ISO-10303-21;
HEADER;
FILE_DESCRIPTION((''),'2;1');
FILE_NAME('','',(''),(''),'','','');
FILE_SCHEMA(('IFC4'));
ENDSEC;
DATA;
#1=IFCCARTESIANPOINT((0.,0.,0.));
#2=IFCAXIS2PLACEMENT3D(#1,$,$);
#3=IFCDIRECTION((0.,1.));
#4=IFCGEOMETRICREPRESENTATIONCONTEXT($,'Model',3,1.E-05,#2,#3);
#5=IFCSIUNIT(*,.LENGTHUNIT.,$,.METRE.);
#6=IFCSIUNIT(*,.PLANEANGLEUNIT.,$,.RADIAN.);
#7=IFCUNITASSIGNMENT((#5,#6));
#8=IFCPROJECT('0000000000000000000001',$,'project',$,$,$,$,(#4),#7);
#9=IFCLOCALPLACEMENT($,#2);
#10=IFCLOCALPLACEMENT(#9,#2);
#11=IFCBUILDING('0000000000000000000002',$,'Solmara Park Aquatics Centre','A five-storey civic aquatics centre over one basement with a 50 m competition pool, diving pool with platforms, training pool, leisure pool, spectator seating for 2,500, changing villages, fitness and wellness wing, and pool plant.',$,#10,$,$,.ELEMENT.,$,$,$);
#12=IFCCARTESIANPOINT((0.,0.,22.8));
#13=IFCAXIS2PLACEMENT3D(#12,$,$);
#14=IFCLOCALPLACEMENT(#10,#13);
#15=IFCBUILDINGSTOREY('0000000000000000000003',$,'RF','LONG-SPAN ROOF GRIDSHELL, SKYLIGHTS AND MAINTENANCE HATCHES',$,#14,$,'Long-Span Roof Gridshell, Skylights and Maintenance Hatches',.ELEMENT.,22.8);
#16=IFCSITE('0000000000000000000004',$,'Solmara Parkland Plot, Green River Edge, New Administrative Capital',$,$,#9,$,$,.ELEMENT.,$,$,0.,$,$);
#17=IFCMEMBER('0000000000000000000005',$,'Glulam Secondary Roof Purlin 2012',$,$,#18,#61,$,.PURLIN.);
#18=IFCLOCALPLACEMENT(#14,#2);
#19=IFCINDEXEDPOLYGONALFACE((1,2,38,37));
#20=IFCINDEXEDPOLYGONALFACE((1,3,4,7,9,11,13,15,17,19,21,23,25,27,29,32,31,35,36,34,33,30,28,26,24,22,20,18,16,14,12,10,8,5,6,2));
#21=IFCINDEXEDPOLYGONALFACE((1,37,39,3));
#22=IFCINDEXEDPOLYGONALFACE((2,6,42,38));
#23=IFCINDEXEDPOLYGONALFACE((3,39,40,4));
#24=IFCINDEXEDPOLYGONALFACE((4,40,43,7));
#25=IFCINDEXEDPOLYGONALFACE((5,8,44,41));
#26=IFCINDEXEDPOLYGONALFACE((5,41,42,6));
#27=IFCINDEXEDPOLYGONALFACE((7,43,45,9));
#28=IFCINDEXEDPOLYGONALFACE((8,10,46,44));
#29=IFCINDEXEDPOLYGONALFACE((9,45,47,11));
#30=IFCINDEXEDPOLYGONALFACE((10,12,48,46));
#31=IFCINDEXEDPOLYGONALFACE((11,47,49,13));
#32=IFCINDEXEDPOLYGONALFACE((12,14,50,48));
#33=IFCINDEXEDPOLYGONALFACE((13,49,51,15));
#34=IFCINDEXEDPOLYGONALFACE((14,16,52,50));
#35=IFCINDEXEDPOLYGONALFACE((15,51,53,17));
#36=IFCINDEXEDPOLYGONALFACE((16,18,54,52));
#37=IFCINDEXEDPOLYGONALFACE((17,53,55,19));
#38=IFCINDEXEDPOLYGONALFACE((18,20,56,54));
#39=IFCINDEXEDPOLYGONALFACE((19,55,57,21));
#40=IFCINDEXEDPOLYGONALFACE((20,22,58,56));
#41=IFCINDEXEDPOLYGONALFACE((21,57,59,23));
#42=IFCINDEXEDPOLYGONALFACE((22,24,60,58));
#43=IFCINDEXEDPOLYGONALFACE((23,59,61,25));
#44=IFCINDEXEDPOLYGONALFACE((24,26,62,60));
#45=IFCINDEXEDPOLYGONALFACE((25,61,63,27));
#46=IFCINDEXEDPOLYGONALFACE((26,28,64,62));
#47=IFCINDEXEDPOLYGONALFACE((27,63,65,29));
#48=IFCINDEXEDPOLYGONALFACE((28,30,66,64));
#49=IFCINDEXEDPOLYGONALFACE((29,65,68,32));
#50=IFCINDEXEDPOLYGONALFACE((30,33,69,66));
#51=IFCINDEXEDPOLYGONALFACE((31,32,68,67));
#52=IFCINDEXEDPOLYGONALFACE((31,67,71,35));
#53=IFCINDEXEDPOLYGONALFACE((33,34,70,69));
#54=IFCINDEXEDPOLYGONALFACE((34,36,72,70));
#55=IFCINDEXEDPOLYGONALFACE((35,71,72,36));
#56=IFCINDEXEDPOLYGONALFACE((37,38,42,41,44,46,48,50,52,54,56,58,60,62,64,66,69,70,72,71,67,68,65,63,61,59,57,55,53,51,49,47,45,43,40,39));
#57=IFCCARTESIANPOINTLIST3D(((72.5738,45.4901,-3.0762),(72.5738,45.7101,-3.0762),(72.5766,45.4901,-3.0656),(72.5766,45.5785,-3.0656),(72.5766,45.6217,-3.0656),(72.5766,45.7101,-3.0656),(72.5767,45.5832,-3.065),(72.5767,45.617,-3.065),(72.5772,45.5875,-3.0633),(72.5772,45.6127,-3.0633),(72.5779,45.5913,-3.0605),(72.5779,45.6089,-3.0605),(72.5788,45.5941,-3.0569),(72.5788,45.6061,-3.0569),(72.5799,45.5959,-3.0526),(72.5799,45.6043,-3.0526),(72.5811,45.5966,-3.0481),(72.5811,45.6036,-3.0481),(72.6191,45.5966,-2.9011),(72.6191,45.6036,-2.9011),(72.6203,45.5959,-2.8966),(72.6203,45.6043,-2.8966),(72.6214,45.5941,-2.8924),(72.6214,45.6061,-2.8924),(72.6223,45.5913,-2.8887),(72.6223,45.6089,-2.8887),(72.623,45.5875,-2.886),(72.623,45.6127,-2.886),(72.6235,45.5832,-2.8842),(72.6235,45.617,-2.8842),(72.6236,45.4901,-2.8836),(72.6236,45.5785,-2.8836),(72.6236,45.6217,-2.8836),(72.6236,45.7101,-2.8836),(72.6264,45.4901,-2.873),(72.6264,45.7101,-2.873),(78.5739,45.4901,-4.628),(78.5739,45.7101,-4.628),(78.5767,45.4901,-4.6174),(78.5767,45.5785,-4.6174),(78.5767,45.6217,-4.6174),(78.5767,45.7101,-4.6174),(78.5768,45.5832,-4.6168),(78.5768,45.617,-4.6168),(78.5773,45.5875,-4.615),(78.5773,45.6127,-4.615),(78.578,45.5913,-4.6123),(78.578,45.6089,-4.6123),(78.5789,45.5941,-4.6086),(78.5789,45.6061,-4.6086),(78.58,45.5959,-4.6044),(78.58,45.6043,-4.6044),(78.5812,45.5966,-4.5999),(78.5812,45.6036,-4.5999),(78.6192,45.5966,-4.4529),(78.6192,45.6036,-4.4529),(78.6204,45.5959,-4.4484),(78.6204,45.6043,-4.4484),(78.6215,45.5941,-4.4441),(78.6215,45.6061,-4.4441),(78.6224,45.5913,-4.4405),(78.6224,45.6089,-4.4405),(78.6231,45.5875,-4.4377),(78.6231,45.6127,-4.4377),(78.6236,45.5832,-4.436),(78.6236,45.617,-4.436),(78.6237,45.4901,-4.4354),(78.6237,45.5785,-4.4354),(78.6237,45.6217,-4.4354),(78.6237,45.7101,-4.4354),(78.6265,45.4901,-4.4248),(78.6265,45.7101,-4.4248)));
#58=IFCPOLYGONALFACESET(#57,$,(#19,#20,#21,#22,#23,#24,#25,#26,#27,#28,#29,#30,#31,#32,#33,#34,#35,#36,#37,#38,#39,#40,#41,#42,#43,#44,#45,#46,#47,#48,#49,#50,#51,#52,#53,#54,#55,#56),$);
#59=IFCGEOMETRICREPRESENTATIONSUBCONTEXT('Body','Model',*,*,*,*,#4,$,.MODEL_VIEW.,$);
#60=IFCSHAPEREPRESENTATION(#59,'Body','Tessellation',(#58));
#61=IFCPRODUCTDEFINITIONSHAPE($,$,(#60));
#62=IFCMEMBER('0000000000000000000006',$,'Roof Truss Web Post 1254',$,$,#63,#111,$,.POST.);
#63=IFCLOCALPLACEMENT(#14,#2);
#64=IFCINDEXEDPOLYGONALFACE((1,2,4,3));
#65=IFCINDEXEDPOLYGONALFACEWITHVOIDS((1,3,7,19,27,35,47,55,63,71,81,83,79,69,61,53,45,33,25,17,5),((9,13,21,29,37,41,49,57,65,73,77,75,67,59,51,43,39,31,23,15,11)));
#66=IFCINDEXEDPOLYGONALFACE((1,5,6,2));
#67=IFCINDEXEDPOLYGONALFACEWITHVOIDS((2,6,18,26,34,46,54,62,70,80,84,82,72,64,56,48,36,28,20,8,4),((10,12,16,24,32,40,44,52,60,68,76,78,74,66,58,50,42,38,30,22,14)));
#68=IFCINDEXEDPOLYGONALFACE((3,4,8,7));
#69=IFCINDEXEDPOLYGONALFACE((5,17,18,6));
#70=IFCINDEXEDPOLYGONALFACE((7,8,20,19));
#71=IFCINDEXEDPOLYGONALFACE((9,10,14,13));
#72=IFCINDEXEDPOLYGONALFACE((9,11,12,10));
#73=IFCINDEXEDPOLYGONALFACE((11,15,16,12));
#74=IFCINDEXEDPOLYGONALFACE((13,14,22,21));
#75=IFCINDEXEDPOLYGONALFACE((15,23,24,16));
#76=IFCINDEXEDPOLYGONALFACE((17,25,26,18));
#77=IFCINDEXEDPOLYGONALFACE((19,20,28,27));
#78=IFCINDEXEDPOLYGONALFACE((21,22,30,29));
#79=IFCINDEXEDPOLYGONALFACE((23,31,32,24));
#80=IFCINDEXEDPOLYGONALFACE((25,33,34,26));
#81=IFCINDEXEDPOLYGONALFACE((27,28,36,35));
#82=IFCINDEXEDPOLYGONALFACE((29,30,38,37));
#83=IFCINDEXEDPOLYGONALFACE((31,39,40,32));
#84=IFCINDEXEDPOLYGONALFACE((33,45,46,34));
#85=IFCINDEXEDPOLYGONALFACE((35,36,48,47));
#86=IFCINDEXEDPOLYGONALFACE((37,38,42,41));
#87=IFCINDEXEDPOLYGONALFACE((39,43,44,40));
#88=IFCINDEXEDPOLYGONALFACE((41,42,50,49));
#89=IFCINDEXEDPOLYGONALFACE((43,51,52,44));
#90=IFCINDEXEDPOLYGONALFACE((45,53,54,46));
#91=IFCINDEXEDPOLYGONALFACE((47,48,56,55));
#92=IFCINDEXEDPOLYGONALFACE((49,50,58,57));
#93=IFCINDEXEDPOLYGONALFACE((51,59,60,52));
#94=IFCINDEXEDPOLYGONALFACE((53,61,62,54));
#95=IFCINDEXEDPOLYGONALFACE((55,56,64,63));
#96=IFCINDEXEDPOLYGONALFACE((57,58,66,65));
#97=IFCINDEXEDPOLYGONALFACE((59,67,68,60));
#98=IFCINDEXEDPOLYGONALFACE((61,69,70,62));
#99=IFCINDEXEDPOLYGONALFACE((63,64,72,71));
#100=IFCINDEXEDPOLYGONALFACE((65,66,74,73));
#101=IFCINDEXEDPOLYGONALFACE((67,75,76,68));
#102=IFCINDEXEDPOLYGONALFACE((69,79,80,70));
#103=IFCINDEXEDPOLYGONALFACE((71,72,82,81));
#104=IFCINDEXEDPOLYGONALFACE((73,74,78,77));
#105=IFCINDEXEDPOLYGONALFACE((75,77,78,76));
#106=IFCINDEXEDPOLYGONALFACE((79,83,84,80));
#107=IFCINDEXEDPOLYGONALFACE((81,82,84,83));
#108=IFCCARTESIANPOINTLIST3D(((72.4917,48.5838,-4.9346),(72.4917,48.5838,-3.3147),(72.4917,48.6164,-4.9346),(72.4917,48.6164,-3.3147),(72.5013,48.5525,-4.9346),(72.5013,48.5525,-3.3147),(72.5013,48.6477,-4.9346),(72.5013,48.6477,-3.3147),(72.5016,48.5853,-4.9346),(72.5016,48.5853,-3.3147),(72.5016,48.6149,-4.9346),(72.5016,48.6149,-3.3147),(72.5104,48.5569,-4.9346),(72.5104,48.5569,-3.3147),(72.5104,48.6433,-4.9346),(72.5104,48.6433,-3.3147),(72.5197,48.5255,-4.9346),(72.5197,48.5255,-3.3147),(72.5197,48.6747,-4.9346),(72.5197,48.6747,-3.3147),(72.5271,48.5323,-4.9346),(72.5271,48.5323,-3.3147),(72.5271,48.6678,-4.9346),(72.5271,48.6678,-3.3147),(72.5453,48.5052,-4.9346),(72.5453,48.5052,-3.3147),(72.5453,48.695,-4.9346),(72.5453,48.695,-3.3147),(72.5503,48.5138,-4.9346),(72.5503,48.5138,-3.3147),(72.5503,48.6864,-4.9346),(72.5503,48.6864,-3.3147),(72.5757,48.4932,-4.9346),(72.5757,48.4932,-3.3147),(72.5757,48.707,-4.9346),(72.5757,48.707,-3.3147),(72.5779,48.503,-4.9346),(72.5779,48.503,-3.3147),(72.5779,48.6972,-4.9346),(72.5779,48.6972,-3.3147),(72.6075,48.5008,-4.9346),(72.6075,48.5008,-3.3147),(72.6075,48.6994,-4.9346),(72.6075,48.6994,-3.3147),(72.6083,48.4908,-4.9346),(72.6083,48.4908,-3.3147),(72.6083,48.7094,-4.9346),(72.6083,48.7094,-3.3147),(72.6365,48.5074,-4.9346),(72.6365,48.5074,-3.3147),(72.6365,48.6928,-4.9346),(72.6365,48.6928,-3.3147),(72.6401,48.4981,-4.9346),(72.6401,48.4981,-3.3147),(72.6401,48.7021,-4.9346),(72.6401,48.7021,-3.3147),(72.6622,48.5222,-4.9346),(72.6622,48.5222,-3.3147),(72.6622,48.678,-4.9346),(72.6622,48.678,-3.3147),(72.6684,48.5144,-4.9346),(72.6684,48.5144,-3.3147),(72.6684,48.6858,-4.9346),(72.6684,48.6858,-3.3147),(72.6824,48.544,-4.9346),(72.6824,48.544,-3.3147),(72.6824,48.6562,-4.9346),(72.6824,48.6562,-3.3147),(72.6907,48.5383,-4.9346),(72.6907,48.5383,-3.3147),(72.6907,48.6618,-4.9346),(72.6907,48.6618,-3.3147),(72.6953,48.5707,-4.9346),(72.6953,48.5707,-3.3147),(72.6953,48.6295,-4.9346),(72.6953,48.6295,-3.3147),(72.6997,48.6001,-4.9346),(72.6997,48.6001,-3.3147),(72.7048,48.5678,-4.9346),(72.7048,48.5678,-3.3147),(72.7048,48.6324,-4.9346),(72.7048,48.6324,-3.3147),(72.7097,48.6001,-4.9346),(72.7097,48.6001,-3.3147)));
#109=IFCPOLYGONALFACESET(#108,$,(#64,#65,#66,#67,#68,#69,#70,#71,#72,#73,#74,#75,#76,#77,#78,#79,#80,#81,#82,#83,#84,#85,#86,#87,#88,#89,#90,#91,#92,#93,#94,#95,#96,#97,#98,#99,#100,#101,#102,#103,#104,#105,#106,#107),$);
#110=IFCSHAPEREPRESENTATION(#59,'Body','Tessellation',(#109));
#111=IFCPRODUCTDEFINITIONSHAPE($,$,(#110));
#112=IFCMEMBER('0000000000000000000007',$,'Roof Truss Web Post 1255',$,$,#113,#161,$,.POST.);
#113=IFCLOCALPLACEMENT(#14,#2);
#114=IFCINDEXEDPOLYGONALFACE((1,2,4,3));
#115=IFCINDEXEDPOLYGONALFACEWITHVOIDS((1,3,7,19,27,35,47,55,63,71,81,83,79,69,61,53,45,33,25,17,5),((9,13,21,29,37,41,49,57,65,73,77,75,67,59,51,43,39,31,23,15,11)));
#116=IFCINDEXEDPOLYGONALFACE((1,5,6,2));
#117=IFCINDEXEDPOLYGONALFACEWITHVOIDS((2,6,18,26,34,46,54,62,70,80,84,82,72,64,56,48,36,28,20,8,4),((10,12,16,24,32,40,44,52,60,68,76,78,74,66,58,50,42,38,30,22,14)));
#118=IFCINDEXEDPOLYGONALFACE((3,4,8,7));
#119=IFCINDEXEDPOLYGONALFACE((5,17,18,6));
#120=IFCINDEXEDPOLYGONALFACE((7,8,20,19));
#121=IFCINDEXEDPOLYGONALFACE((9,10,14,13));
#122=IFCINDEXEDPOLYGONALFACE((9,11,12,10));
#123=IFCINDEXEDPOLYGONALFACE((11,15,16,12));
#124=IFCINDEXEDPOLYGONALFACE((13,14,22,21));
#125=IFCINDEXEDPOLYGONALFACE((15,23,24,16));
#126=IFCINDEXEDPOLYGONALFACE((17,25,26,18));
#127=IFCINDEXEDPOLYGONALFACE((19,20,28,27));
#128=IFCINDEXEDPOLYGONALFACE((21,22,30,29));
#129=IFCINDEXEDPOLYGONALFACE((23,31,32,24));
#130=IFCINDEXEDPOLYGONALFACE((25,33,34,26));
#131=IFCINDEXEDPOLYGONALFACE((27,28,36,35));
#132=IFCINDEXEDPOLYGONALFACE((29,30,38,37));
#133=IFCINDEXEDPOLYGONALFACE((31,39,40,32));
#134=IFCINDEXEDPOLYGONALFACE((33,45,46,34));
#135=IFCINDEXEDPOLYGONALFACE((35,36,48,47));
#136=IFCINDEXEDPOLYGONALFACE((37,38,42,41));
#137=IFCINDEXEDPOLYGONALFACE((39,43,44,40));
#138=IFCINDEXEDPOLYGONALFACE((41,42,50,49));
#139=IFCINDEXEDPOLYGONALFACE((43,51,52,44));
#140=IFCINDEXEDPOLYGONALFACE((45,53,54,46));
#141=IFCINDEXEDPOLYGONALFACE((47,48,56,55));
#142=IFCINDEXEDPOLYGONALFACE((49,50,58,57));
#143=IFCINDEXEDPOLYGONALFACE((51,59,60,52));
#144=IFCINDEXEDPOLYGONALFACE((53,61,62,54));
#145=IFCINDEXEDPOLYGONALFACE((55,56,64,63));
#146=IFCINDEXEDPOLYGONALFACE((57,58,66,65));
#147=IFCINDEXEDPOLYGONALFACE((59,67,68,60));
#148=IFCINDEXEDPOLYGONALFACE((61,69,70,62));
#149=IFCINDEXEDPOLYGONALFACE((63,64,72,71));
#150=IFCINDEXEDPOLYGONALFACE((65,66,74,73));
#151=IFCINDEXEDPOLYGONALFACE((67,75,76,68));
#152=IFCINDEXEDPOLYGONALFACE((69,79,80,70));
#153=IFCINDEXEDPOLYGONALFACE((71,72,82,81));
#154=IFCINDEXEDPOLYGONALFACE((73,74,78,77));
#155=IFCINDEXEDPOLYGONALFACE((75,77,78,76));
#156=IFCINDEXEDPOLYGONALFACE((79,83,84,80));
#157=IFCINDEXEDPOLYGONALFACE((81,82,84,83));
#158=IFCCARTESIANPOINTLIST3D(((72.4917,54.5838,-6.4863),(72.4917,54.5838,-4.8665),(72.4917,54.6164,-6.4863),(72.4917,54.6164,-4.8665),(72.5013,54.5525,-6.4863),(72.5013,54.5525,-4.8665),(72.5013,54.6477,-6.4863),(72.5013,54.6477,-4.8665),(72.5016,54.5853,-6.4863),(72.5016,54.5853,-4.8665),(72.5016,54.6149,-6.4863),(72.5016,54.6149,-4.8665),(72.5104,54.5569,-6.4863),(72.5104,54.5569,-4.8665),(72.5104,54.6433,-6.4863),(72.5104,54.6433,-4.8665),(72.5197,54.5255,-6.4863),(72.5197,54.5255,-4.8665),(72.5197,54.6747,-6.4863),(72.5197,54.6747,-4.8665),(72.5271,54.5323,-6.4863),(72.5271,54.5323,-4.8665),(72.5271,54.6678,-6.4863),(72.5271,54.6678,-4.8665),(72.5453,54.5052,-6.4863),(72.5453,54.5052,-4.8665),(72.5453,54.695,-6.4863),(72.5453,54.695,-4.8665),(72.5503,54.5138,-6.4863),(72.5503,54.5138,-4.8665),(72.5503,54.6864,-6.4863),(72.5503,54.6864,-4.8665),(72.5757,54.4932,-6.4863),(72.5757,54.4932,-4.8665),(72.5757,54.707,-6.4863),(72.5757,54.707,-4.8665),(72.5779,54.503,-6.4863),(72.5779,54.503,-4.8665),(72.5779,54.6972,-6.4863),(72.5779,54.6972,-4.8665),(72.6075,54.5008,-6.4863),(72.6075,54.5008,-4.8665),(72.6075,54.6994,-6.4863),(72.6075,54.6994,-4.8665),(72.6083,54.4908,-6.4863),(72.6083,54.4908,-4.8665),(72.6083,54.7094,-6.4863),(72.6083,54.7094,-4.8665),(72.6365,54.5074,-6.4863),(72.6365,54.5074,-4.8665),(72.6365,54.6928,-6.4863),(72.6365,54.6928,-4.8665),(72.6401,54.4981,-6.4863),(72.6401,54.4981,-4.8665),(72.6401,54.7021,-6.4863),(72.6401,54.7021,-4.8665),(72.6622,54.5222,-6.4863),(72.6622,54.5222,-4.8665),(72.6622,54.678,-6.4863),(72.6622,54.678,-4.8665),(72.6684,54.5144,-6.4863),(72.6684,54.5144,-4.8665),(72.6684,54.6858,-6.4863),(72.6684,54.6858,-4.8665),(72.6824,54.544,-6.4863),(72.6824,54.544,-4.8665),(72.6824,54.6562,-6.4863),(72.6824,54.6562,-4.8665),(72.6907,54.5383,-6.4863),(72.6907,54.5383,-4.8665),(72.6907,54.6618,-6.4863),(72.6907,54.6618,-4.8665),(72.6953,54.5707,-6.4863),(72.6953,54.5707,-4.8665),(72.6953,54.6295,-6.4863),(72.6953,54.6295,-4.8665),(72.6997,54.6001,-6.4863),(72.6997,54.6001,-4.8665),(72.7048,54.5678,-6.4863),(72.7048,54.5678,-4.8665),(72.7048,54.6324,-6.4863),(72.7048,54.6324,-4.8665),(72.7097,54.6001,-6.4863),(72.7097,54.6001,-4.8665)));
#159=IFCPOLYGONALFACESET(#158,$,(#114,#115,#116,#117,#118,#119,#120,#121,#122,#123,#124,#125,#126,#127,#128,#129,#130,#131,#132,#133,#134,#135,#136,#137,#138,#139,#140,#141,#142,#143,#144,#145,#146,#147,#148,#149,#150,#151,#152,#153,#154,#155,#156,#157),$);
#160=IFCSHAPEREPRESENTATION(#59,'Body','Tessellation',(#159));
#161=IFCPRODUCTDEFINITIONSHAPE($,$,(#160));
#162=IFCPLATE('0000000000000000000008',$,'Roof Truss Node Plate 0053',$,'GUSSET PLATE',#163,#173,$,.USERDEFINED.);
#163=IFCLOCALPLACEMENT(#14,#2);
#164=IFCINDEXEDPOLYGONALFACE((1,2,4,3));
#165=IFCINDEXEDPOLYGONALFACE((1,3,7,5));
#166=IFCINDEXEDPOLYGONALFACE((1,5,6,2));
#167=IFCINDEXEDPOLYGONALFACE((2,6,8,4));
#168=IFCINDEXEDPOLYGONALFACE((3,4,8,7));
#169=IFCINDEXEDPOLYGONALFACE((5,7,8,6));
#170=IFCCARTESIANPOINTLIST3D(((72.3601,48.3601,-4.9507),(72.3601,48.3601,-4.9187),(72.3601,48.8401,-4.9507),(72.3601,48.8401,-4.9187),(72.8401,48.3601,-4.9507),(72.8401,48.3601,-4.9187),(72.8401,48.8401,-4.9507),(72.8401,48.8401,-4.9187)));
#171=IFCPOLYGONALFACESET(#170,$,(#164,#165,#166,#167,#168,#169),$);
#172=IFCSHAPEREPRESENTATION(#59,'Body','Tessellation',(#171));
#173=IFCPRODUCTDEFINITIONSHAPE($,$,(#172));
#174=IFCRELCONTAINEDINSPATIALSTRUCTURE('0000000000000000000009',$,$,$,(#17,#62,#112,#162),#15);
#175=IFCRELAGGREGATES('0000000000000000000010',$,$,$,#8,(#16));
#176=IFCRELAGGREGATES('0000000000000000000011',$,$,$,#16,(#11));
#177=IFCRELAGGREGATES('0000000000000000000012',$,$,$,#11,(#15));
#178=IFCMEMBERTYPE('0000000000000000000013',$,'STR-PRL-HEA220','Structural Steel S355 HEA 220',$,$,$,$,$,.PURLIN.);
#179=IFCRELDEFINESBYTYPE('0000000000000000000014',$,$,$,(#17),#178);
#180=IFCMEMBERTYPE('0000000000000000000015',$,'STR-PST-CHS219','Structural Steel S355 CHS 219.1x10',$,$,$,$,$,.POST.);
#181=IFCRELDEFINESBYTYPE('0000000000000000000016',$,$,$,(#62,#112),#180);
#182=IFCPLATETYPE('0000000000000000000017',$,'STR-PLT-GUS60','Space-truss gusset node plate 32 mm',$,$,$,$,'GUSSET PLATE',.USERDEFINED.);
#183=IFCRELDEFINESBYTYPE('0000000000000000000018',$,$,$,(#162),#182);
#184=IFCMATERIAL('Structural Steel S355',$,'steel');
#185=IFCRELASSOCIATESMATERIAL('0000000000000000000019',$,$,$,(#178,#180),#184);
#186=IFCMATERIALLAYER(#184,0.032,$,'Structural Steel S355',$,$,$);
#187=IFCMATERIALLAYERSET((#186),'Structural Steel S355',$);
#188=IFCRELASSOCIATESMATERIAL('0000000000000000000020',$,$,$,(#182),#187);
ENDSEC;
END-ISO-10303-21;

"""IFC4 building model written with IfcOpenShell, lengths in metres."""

from ifc_helpers import new_model, si_unit, direction, frame, origin, origin_2d, place, context, subcontext, project, spatial, rectangle, hollow_circle, i_section, extrude, material, layer, layer_set, material_profile, profile_set, type_object, element, save


model = new_model("IFC4")

# Units and contexts
model_context = context("Model", 3, precision=1e-05, world=origin(), true_north=direction((0.0, 1.0)))
body_context = subcontext(model_context, "Body", "Model", "MODEL_VIEW")
ifc_project = project(units=[si_unit("LENGTHUNIT", "METRE"), si_unit("PLANEANGLEUNIT", "RADIAN")], contexts=[model_context])

# Site, building, storey
site_placement = place(None, origin())
site = spatial("IfcSite", under=ifc_project, at=site_placement, Name="Solmara Parkland Plot, Green River Edge, New Administrative Capital", CompositionType="ELEMENT", RefElevation=0.0)
building_placement = place(site_placement, origin())
building = spatial("IfcBuilding", under=site, at=building_placement, Name="Solmara Park Aquatics Centre", Description="A five-storey civic aquatics centre over one basement with a 50 m competition pool, diving pool with platforms, training pool, leisure pool, spectator seating for 2,500, changing villages, fitness and wellness wing, and pool plant.", CompositionType="ELEMENT")
storey_placement = place(building_placement, frame((0.0, 0.0, 22.8)))
storey = spatial("IfcBuildingStorey", under=building, at=storey_placement, Name="RF", Description="LONG-SPAN ROOF GRIDSHELL, SKYLIGHTS AND MAINTENANCE HATCHES", LongName="Long-Span Roof Gridshell, Skylights and Maintenance Hatches", CompositionType="ELEMENT", Elevation=22.8)

# Members
ifc_material_1 = material(Name="Structural Steel S355", Category="steel")
ifc_material_profile_1 = material_profile(ifc_material_1, i_section(OverallWidth=0.22, OverallDepth=0.21, WebThickness=0.0071, FlangeThickness=0.011, FilletRadius=0.0181, at=origin_2d()), Name="HEA 220")
ifc_profile_set_1 = profile_set([ifc_material_profile_1], Name="Structural Steel S355")
member_type_1 = type_object("IfcMemberType", Name="STR-PRL-HEA220", Description="Structural Steel S355 HEA 220", PredefinedType="PURLIN", material=ifc_profile_set_1)
member_1_placement = place(storey_placement, frame((72.6001, 45.6001, -2.9746), z_axis=(0.968146, 0.0, -0.250388), x_axis=(0.0, 1.0, 0.0)))
element("IfcMember", 1, at=member_1_placement, inside=storey, type_object=member_type_1, Name="Glulam Secondary Roof Purlin 2012", PredefinedType="PURLIN", context=body_context, shape_type="SweptSolid", body=[
    extrude(i_section(OverallWidth=0.22, OverallDepth=0.21, WebThickness=0.0071, FlangeThickness=0.011, FilletRadius=0.0181, at=origin_2d()), origin(), (0.0, 0.0, 1.0), 6.1975),
])
ifc_material_profile_2 = material_profile(ifc_material_1, hollow_circle(Radius=0.1096, WallThickness=0.01, at=origin_2d()), Name="CHS 219.1x10")
ifc_profile_set_2 = profile_set([ifc_material_profile_2], Name="Structural Steel S355")
member_type_2 = type_object("IfcMemberType", Name="STR-PST-CHS219", Description="Structural Steel S355 CHS 219.1x10", PredefinedType="POST", material=ifc_profile_set_2)
for number, where, z_axis, x_axis, name in (
    (2, (72.6001, 48.6001, -4.9346), (0.0, 0.0, 1.0), (1.0, 0.0, 0.0), "Roof Truss Web Post 1254"),
    (3, (72.6001, 54.6001, -6.4863), (0.0, 0.0, 1.0), (1.0, 0.0, 0.0), "Roof Truss Web Post 1255"),
):
    element("IfcMember", number, at=place(storey_placement, frame(where, z_axis=z_axis, x_axis=x_axis)), inside=storey, type_object=member_type_2, Name=name, PredefinedType="POST", context=body_context, shape_type="SweptSolid", body=[
        extrude(hollow_circle(Radius=0.1096, WallThickness=0.01, at=origin_2d()), origin(), (0.0, 0.0, 1.0), 1.6199),
    ])

# Plate
ifc_layer = layer(ifc_material_1, 0.032, Name="Structural Steel S355")
ifc_layer_set = layer_set([ifc_layer], Name="Structural Steel S355")
plate_type = type_object("IfcPlateType", Name="STR-PLT-GUS60", Description="Space-truss gusset node plate 32 mm", ElementType="GUSSET PLATE", PredefinedType="USERDEFINED", material=ifc_layer_set)
plate_placement = place(storey_placement, frame((72.6001, 48.6001, -4.9507), z_axis=(0.0, 0.0, 1.0), x_axis=(1.0, 0.0, 0.0)))
element("IfcPlate", 4, at=plate_placement, inside=storey, type_object=plate_type, Name="Roof Truss Node Plate 0053", ObjectType="GUSSET PLATE", PredefinedType="USERDEFINED", context=body_context, shape_type="SweptSolid", body=[
    extrude(rectangle(XDim=0.48, YDim=0.48, at=origin_2d()), origin(), (0.0, 0.0, 1.0), 0.032),
])

save(model, "model.ifc")
